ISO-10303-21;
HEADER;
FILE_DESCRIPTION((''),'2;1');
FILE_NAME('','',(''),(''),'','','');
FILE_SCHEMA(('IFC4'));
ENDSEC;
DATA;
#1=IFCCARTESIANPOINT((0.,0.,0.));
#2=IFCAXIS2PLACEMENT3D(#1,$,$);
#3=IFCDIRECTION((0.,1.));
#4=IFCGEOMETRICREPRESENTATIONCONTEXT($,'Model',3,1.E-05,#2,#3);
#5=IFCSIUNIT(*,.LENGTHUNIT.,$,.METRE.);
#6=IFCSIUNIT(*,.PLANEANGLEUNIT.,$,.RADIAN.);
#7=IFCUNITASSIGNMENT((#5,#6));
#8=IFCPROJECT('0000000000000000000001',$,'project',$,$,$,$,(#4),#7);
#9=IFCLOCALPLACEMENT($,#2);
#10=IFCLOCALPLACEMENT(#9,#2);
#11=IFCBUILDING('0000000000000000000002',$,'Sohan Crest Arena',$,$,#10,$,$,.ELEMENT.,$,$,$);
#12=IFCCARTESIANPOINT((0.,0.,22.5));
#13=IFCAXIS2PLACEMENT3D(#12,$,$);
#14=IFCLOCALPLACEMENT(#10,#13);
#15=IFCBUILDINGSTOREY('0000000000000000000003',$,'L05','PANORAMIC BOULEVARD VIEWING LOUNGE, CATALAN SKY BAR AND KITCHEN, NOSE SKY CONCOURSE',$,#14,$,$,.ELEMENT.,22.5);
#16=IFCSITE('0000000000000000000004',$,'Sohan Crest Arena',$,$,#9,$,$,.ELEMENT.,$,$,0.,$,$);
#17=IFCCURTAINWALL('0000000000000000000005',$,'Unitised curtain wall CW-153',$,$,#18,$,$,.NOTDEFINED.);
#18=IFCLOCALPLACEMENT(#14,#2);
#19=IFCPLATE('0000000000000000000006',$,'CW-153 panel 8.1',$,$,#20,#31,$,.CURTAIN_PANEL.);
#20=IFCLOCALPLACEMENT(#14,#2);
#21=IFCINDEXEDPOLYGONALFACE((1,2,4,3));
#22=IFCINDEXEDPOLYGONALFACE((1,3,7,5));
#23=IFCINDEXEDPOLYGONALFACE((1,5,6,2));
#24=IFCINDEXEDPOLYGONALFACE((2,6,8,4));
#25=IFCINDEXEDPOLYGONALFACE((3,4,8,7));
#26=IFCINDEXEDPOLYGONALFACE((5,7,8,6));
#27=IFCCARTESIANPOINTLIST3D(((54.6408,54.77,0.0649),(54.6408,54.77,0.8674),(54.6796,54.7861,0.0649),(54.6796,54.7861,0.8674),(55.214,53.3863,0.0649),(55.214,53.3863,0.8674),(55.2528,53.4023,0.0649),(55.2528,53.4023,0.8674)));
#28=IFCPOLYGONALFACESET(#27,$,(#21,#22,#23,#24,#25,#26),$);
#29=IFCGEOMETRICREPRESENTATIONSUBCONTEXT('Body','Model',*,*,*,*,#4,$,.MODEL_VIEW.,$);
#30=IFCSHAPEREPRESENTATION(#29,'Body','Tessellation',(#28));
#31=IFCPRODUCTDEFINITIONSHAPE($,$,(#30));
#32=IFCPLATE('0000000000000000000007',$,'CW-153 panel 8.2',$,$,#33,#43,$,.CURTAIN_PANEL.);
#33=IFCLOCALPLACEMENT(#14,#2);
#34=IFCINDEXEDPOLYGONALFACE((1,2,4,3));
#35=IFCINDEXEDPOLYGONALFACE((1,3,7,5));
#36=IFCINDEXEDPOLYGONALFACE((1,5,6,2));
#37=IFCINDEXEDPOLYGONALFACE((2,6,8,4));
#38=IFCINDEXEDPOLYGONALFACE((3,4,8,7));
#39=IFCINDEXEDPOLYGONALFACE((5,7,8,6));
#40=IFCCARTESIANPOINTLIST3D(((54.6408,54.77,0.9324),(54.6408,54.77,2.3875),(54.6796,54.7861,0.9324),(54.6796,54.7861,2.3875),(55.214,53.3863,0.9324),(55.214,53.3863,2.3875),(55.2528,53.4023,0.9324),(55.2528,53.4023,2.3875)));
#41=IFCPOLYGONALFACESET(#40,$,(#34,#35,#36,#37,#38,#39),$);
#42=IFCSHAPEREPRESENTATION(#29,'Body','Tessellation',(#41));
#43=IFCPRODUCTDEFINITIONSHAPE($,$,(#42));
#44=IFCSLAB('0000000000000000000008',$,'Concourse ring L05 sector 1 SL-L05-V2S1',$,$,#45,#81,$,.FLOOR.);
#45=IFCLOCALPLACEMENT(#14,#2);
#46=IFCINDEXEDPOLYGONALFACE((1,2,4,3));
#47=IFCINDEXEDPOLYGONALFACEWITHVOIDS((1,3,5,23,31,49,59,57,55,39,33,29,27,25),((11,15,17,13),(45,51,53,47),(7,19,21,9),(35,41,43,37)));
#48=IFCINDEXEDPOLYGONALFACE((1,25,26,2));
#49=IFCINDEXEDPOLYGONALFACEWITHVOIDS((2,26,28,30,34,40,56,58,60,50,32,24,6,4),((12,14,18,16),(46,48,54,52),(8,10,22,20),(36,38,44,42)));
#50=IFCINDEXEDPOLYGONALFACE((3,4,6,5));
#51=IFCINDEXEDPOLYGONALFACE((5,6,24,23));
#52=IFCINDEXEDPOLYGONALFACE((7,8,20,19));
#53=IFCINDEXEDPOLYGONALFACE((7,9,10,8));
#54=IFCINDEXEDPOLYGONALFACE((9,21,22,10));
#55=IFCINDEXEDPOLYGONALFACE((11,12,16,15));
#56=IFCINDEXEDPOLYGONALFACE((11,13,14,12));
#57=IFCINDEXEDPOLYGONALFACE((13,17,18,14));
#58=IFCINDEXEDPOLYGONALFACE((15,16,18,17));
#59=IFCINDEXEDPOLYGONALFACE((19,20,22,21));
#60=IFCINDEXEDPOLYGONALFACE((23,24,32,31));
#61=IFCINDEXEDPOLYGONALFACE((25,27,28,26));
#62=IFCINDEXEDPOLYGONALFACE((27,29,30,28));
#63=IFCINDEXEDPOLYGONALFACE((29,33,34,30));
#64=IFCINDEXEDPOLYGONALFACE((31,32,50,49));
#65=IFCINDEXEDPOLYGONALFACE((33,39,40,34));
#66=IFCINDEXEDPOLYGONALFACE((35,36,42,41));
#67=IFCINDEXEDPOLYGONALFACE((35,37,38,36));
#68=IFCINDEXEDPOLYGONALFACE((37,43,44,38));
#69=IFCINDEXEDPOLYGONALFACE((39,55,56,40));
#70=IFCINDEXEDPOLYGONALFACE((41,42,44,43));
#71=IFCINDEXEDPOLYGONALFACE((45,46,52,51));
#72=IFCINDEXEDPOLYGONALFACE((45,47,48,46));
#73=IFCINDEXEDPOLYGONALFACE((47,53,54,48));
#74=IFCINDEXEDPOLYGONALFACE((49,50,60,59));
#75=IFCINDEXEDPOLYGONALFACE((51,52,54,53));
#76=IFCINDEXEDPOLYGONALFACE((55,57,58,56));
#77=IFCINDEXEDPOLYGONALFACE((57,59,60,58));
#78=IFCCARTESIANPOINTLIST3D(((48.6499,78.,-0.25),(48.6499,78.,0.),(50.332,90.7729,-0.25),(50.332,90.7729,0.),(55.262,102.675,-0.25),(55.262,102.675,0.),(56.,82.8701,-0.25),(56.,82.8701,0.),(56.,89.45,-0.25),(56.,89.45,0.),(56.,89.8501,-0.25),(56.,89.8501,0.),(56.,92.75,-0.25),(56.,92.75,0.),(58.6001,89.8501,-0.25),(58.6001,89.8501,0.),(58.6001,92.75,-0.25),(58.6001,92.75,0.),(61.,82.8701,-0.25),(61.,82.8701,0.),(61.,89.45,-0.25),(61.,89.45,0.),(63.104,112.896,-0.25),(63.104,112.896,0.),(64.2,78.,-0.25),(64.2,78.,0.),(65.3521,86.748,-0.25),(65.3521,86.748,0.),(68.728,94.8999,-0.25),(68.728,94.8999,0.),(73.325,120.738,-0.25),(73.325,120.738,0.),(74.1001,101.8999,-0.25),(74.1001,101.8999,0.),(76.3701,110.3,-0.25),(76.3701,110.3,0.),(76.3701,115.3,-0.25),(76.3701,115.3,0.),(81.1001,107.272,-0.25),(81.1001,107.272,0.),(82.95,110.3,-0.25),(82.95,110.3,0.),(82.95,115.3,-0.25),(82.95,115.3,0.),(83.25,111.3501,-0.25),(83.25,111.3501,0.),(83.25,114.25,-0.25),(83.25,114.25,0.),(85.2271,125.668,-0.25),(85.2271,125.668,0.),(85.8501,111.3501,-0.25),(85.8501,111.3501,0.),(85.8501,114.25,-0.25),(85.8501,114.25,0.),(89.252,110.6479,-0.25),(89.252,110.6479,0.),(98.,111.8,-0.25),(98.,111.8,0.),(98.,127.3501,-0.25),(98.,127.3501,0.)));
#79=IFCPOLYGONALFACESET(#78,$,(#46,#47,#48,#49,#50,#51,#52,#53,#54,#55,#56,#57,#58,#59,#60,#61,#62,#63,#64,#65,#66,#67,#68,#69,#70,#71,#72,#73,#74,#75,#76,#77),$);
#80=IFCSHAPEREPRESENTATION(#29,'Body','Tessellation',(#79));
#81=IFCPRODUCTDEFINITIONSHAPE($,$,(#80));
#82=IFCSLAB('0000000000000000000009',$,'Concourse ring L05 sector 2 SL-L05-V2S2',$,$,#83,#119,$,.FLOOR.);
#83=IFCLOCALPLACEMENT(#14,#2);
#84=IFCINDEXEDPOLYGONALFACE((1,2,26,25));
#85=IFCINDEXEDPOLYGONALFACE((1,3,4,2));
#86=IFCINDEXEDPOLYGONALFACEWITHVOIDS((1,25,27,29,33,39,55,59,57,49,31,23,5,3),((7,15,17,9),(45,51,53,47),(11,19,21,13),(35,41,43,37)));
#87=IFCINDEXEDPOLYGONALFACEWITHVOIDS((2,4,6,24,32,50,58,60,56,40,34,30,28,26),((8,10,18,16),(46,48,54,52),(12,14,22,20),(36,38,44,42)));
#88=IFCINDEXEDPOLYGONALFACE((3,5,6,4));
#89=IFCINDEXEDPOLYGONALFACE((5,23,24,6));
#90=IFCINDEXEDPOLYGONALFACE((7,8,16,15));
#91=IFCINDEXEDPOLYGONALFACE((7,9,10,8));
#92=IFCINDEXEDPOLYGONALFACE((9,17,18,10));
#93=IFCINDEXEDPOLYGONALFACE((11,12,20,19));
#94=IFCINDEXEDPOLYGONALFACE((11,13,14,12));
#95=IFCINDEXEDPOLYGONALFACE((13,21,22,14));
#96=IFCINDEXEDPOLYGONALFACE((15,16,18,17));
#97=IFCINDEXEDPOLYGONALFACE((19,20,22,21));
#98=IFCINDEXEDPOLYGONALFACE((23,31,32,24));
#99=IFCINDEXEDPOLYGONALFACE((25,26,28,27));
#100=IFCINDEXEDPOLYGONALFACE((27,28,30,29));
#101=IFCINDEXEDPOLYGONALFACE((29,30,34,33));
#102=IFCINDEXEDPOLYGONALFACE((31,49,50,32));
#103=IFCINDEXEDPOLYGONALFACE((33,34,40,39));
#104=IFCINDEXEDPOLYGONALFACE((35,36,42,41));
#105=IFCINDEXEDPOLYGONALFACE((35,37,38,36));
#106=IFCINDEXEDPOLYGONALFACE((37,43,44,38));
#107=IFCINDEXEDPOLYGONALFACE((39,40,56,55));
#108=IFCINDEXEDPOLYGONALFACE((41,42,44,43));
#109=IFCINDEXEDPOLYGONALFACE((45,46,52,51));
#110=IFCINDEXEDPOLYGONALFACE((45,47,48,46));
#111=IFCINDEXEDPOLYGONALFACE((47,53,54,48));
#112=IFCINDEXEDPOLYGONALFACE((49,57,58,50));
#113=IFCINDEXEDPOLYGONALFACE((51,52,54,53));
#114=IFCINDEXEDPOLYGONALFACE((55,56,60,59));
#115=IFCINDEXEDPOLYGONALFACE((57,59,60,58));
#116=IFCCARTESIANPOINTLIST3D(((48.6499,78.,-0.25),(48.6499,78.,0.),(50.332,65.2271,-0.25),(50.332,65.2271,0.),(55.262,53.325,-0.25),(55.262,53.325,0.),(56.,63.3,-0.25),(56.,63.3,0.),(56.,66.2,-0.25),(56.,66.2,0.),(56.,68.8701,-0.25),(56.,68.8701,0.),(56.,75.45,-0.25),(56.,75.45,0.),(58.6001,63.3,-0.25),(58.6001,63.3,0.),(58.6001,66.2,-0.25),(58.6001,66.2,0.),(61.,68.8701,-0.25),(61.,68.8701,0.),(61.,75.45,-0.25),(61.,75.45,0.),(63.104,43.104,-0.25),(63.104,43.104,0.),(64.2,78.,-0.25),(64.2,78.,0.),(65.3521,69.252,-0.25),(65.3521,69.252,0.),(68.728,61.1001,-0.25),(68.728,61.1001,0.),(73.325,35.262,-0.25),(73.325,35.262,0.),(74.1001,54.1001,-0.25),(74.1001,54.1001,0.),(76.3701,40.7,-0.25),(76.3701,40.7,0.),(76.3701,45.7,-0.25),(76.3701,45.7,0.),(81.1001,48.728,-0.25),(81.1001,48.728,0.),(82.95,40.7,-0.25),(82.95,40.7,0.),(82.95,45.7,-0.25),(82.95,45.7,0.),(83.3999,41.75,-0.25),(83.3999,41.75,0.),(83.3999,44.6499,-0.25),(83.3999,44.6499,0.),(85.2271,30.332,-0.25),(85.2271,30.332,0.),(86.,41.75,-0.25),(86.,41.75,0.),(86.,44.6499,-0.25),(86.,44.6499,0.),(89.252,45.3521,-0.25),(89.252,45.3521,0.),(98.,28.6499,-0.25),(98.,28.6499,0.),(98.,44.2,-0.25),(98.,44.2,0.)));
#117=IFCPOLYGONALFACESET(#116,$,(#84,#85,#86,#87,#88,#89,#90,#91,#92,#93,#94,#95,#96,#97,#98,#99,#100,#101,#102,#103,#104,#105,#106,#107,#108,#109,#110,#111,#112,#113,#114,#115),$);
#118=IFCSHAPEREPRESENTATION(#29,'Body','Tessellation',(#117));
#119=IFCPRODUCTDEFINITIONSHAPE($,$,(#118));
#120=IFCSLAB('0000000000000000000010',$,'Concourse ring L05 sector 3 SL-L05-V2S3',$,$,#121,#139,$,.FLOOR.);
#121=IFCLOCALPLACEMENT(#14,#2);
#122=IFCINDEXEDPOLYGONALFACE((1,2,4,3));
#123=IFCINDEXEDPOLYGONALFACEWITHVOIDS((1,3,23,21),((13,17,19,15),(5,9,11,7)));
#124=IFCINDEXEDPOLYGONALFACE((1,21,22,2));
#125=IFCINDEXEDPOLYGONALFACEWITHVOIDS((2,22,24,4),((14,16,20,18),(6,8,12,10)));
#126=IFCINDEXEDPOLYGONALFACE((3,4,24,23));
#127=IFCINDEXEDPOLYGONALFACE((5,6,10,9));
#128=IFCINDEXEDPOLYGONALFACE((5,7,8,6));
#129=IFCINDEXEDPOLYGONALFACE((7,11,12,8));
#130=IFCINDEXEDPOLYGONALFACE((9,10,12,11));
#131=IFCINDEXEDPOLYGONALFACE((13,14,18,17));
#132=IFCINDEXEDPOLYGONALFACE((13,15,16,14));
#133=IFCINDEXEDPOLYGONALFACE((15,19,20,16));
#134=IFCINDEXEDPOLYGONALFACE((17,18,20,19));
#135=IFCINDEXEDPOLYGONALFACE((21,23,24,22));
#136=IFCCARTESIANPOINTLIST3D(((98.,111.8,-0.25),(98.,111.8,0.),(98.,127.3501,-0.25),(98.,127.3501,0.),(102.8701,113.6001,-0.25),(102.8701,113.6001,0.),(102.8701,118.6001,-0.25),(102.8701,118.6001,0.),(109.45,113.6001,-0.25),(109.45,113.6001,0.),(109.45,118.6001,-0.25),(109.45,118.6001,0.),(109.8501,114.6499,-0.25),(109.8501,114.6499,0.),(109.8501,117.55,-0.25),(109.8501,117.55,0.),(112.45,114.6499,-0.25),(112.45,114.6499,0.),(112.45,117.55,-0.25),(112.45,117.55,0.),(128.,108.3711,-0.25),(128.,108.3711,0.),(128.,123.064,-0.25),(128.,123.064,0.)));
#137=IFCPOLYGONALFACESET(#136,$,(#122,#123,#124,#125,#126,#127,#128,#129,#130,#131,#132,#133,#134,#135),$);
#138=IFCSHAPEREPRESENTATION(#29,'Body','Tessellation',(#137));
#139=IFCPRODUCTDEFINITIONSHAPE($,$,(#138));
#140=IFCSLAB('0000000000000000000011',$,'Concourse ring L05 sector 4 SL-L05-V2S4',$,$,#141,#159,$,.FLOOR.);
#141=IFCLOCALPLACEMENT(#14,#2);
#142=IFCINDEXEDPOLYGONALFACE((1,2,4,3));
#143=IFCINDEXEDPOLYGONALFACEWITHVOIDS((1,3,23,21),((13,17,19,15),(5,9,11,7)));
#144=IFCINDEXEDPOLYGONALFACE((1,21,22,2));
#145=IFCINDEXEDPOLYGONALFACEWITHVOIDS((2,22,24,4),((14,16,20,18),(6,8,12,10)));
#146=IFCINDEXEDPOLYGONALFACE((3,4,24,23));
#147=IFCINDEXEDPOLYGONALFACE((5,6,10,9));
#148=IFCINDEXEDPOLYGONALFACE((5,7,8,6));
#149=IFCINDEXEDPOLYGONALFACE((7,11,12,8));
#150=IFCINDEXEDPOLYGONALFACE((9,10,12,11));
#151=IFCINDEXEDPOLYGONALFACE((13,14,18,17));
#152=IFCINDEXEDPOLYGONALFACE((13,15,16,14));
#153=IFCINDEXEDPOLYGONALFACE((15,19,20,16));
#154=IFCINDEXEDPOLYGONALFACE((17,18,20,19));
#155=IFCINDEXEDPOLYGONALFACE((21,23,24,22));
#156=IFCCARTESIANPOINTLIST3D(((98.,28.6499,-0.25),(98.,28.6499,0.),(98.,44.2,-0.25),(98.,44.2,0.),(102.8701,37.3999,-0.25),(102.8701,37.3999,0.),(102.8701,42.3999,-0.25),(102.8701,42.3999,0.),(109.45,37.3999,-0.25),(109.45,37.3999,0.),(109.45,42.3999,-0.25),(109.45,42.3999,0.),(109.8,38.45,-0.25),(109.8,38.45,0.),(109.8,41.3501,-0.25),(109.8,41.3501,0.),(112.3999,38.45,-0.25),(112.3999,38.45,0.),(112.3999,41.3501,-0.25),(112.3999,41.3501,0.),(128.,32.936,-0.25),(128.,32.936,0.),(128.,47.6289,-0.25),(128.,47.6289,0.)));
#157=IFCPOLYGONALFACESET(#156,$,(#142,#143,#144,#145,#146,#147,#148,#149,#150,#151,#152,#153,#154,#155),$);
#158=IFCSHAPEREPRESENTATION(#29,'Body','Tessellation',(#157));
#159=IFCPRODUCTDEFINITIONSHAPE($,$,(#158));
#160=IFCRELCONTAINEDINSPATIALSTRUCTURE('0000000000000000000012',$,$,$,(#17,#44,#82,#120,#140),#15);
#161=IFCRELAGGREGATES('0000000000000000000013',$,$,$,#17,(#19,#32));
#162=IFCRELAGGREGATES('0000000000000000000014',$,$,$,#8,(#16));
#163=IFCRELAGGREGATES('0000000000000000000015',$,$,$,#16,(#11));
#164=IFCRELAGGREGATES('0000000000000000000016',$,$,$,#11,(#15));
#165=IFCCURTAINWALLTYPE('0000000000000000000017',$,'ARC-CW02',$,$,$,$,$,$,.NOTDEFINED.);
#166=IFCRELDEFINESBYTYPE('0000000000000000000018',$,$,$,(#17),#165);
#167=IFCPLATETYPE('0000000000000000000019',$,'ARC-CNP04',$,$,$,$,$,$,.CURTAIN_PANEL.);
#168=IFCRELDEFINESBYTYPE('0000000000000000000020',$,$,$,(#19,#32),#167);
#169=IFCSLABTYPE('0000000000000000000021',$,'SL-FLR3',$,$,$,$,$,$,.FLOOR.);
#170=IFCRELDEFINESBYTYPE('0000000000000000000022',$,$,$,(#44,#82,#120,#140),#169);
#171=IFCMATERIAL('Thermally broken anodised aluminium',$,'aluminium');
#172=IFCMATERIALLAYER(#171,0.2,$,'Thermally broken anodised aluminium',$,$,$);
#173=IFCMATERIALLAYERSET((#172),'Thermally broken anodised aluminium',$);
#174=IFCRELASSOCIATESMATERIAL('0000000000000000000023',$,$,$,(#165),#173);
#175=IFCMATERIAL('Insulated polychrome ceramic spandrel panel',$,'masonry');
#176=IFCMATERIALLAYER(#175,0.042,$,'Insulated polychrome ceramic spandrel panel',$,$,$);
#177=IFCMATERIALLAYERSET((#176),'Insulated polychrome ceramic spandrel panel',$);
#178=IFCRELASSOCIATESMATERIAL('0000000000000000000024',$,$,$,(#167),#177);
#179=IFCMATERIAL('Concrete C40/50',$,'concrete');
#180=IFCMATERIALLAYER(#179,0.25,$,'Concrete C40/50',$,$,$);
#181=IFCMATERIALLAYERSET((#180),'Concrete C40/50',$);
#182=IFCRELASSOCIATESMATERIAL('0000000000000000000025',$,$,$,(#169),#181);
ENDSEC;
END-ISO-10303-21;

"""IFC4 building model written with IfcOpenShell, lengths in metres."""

from ifc_helpers import new_model, si_unit, direction, frame, origin, origin_2d, place, context, subcontext, project, spatial, polyline, rectangle, outline, extrude, material, layer, layer_set, type_object, element, aggregate, save


model = new_model("IFC4")

# Units and contexts
model_context = context("Model", 3, precision=1e-05, world=origin(), true_north=direction((0.0, 1.0)))
body_context = subcontext(model_context, "Body", "Model", "MODEL_VIEW")
ifc_project = project(units=[si_unit("LENGTHUNIT", "METRE"), si_unit("PLANEANGLEUNIT", "RADIAN")], contexts=[model_context])

# Site, building, storey
site_placement = place(None, origin())
site = spatial("IfcSite", under=ifc_project, at=site_placement, Name="Sohan Crest Arena", CompositionType="ELEMENT", RefElevation=0.0)
building_placement = place(site_placement, origin())
building = spatial("IfcBuilding", under=site, at=building_placement, Name="Sohan Crest Arena", CompositionType="ELEMENT")
storey_placement = place(building_placement, frame((0.0, 0.0, 22.5)))
storey = spatial("IfcBuildingStorey", under=building, at=storey_placement, Name="L05", Description="PANORAMIC BOULEVARD VIEWING LOUNGE, CATALAN SKY BAR AND KITCHEN, NOSE SKY CONCOURSE", CompositionType="ELEMENT", Elevation=22.5)

# Curtain wall, plates
ifc_material_1 = material(Name="Thermally broken anodised aluminium", Category="aluminium")
ifc_layer_1 = layer(ifc_material_1, 0.2, Name="Thermally broken anodised aluminium")
ifc_layer_set_1 = layer_set([ifc_layer_1], Name="Thermally broken anodised aluminium")
curtain_wall_type = type_object("IfcCurtainWallType", Name="ARC-CW02", PredefinedType="NOTDEFINED", material=ifc_layer_set_1)
curtain_wall_placement = place(storey_placement, origin())
curtain_wall = element("IfcCurtainWall", 1, at=curtain_wall_placement, inside=storey, type_object=curtain_wall_type, Name="Unitised curtain wall CW-153", PredefinedType="NOTDEFINED")
ifc_material_2 = material(Name="Insulated polychrome ceramic spandrel panel", Category="masonry")
ifc_layer_2 = layer(ifc_material_2, 0.042, Name="Insulated polychrome ceramic spandrel panel")
ifc_layer_set_2 = layer_set([ifc_layer_2], Name="Insulated polychrome ceramic spandrel panel")
plate_type = type_object("IfcPlateType", Name="ARC-CNP04", PredefinedType="CURTAIN_PANEL", material=ifc_layer_set_2)
plate_1_placement = place(storey_placement, frame((54.9468, 54.0862, 0.0649), z_axis=(0.0, 0.0, 1.0), x_axis=(0.382685, -0.923879, 0.0)))
plate_1 = element("IfcPlate", 2, at=plate_1_placement, type_object=plate_type, Name="CW-153 panel 8.1", PredefinedType="CURTAIN_PANEL", context=body_context, shape_type="SweptSolid", body=[
    extrude(rectangle(XDim=1.4978, YDim=0.042, at=origin_2d()), origin(), (0.0, 0.0, 1.0), 0.8025),
])
plate_2_placement = place(storey_placement, frame((54.9468, 54.0862, 0.9324), z_axis=(0.0, 0.0, 1.0), x_axis=(0.382685, -0.923879, 0.0)))
plate_2 = element("IfcPlate", 3, at=plate_2_placement, type_object=plate_type, Name="CW-153 panel 8.2", PredefinedType="CURTAIN_PANEL", context=body_context, shape_type="SweptSolid", body=[
    extrude(rectangle(XDim=1.4978, YDim=0.042, at=origin_2d()), origin(), (0.0, 0.0, 1.0), 1.4551),
])
aggregate(curtain_wall, [plate_1, plate_2])

# Slabs
ifc_material_3 = material(Name="Concrete C40/50", Category="concrete")
ifc_layer_3 = layer(ifc_material_3, 0.25, Name="Concrete C40/50")
ifc_layer_set_3 = layer_set([ifc_layer_3], Name="Concrete C40/50")
slab_type_1 = type_object("IfcSlabType", Name="SL-FLR3", PredefinedType="FLOOR", material=ifc_layer_set_3)
slab_1_placement = place(storey_placement, frame((0.0, 0.0, -0.25)))
element("IfcSlab", 4, at=slab_1_placement, inside=storey, type_object=slab_type_1, Name="Concourse ring L05 sector 1 SL-L05-V2S1", PredefinedType="FLOOR", context=body_context, shape_type="SweptSolid", body=[
    extrude(outline(polyline([(85.2271, 125.668), (98.0, 127.3501), (98.0, 111.8), (89.252, 110.6479), (81.1001, 107.272), (74.1001, 101.8999), (68.728, 94.8999), (65.3521, 86.748), (64.2, 78.0), (48.6499, 78.0), (50.332, 90.7729), (55.262, 102.675), (63.104, 112.896), (73.325, 120.738), (85.2271, 125.668)]), holes=[polyline([(56.0, 82.8701), (61.0, 82.8701), (61.0, 89.45), (56.0, 89.45), (56.0, 82.8701)]), polyline([(56.0, 92.75), (56.0, 89.8501), (58.6001, 89.8501), (58.6001, 92.75), (56.0, 92.75)]), polyline([(76.3701, 110.3), (82.95, 110.3), (82.95, 115.3), (76.3701, 115.3), (76.3701, 110.3)]), polyline([(83.25, 114.25), (83.25, 111.3501), (85.8501, 111.3501), (85.8501, 114.25), (83.25, 114.25)])]), origin(), (0.0, 0.0, 1.0), 0.25),
])
slab_2_placement = place(storey_placement, frame((0.0, 0.0, -0.25)))
element("IfcSlab", 5, at=slab_2_placement, inside=storey, type_object=slab_type_1, Name="Concourse ring L05 sector 2 SL-L05-V2S2", PredefinedType="FLOOR", context=body_context, shape_type="SweptSolid", body=[
    extrude(outline(polyline([(65.3521, 69.252), (68.728, 61.1001), (74.1001, 54.1001), (81.1001, 48.728), (89.252, 45.3521), (98.0, 44.2), (98.0, 28.6499), (85.2271, 30.332), (73.325, 35.262), (63.104, 43.104), (55.262, 53.325), (50.332, 65.2271), (48.6499, 78.0), (64.2, 78.0), (65.3521, 69.252)]), holes=[polyline([(61.0, 75.45), (56.0, 75.45), (56.0, 68.8701), (61.0, 68.8701), (61.0, 75.45)]), polyline([(58.6001, 63.3), (58.6001, 66.2), (56.0, 66.2), (56.0, 63.3), (58.6001, 63.3)]), polyline([(82.95, 45.7), (76.3701, 45.7), (76.3701, 40.7), (82.95, 40.7), (82.95, 45.7)]), polyline([(86.0, 41.75), (86.0, 44.6499), (83.3999, 44.6499), (83.3999, 41.75), (86.0, 41.75)])]), origin(), (0.0, 0.0, 1.0), 0.25),
])
slab_3_placement = place(storey_placement, frame((0.0, 0.0, -0.25)))
element("IfcSlab", 6, at=slab_3_placement, inside=storey, type_object=slab_type_1, Name="Concourse ring L05 sector 3 SL-L05-V2S3", PredefinedType="FLOOR", context=body_context, shape_type="SweptSolid", body=[
    extrude(outline(polyline([(98.0, 127.3501), (128.0, 123.064), (128.0, 108.3711), (98.0, 111.8), (98.0, 127.3501)]), holes=[polyline([(102.8701, 113.6001), (109.45, 113.6001), (109.45, 118.6001), (102.8701, 118.6001), (102.8701, 113.6001)]), polyline([(109.8501, 117.55), (109.8501, 114.6499), (112.45, 114.6499), (112.45, 117.55), (109.8501, 117.55)])]), origin(), (0.0, 0.0, 1.0), 0.25),
])
slab_4_placement = place(storey_placement, frame((0.0, 0.0, -0.25)))
element("IfcSlab", 7, at=slab_4_placement, inside=storey, type_object=slab_type_1, Name="Concourse ring L05 sector 4 SL-L05-V2S4", PredefinedType="FLOOR", context=body_context, shape_type="SweptSolid", body=[
    extrude(outline(polyline([(98.0, 44.2), (128.0, 47.6289), (128.0, 32.936), (98.0, 28.6499), (98.0, 44.2)]), holes=[polyline([(109.45, 42.3999), (102.8701, 42.3999), (102.8701, 37.3999), (109.45, 37.3999), (109.45, 42.3999)]), polyline([(112.3999, 38.45), (112.3999, 41.3501), (109.8, 41.3501), (109.8, 38.45), (112.3999, 38.45)])]), origin(), (0.0, 0.0, 1.0), 0.25),
])

save(model, "model.ifc")
